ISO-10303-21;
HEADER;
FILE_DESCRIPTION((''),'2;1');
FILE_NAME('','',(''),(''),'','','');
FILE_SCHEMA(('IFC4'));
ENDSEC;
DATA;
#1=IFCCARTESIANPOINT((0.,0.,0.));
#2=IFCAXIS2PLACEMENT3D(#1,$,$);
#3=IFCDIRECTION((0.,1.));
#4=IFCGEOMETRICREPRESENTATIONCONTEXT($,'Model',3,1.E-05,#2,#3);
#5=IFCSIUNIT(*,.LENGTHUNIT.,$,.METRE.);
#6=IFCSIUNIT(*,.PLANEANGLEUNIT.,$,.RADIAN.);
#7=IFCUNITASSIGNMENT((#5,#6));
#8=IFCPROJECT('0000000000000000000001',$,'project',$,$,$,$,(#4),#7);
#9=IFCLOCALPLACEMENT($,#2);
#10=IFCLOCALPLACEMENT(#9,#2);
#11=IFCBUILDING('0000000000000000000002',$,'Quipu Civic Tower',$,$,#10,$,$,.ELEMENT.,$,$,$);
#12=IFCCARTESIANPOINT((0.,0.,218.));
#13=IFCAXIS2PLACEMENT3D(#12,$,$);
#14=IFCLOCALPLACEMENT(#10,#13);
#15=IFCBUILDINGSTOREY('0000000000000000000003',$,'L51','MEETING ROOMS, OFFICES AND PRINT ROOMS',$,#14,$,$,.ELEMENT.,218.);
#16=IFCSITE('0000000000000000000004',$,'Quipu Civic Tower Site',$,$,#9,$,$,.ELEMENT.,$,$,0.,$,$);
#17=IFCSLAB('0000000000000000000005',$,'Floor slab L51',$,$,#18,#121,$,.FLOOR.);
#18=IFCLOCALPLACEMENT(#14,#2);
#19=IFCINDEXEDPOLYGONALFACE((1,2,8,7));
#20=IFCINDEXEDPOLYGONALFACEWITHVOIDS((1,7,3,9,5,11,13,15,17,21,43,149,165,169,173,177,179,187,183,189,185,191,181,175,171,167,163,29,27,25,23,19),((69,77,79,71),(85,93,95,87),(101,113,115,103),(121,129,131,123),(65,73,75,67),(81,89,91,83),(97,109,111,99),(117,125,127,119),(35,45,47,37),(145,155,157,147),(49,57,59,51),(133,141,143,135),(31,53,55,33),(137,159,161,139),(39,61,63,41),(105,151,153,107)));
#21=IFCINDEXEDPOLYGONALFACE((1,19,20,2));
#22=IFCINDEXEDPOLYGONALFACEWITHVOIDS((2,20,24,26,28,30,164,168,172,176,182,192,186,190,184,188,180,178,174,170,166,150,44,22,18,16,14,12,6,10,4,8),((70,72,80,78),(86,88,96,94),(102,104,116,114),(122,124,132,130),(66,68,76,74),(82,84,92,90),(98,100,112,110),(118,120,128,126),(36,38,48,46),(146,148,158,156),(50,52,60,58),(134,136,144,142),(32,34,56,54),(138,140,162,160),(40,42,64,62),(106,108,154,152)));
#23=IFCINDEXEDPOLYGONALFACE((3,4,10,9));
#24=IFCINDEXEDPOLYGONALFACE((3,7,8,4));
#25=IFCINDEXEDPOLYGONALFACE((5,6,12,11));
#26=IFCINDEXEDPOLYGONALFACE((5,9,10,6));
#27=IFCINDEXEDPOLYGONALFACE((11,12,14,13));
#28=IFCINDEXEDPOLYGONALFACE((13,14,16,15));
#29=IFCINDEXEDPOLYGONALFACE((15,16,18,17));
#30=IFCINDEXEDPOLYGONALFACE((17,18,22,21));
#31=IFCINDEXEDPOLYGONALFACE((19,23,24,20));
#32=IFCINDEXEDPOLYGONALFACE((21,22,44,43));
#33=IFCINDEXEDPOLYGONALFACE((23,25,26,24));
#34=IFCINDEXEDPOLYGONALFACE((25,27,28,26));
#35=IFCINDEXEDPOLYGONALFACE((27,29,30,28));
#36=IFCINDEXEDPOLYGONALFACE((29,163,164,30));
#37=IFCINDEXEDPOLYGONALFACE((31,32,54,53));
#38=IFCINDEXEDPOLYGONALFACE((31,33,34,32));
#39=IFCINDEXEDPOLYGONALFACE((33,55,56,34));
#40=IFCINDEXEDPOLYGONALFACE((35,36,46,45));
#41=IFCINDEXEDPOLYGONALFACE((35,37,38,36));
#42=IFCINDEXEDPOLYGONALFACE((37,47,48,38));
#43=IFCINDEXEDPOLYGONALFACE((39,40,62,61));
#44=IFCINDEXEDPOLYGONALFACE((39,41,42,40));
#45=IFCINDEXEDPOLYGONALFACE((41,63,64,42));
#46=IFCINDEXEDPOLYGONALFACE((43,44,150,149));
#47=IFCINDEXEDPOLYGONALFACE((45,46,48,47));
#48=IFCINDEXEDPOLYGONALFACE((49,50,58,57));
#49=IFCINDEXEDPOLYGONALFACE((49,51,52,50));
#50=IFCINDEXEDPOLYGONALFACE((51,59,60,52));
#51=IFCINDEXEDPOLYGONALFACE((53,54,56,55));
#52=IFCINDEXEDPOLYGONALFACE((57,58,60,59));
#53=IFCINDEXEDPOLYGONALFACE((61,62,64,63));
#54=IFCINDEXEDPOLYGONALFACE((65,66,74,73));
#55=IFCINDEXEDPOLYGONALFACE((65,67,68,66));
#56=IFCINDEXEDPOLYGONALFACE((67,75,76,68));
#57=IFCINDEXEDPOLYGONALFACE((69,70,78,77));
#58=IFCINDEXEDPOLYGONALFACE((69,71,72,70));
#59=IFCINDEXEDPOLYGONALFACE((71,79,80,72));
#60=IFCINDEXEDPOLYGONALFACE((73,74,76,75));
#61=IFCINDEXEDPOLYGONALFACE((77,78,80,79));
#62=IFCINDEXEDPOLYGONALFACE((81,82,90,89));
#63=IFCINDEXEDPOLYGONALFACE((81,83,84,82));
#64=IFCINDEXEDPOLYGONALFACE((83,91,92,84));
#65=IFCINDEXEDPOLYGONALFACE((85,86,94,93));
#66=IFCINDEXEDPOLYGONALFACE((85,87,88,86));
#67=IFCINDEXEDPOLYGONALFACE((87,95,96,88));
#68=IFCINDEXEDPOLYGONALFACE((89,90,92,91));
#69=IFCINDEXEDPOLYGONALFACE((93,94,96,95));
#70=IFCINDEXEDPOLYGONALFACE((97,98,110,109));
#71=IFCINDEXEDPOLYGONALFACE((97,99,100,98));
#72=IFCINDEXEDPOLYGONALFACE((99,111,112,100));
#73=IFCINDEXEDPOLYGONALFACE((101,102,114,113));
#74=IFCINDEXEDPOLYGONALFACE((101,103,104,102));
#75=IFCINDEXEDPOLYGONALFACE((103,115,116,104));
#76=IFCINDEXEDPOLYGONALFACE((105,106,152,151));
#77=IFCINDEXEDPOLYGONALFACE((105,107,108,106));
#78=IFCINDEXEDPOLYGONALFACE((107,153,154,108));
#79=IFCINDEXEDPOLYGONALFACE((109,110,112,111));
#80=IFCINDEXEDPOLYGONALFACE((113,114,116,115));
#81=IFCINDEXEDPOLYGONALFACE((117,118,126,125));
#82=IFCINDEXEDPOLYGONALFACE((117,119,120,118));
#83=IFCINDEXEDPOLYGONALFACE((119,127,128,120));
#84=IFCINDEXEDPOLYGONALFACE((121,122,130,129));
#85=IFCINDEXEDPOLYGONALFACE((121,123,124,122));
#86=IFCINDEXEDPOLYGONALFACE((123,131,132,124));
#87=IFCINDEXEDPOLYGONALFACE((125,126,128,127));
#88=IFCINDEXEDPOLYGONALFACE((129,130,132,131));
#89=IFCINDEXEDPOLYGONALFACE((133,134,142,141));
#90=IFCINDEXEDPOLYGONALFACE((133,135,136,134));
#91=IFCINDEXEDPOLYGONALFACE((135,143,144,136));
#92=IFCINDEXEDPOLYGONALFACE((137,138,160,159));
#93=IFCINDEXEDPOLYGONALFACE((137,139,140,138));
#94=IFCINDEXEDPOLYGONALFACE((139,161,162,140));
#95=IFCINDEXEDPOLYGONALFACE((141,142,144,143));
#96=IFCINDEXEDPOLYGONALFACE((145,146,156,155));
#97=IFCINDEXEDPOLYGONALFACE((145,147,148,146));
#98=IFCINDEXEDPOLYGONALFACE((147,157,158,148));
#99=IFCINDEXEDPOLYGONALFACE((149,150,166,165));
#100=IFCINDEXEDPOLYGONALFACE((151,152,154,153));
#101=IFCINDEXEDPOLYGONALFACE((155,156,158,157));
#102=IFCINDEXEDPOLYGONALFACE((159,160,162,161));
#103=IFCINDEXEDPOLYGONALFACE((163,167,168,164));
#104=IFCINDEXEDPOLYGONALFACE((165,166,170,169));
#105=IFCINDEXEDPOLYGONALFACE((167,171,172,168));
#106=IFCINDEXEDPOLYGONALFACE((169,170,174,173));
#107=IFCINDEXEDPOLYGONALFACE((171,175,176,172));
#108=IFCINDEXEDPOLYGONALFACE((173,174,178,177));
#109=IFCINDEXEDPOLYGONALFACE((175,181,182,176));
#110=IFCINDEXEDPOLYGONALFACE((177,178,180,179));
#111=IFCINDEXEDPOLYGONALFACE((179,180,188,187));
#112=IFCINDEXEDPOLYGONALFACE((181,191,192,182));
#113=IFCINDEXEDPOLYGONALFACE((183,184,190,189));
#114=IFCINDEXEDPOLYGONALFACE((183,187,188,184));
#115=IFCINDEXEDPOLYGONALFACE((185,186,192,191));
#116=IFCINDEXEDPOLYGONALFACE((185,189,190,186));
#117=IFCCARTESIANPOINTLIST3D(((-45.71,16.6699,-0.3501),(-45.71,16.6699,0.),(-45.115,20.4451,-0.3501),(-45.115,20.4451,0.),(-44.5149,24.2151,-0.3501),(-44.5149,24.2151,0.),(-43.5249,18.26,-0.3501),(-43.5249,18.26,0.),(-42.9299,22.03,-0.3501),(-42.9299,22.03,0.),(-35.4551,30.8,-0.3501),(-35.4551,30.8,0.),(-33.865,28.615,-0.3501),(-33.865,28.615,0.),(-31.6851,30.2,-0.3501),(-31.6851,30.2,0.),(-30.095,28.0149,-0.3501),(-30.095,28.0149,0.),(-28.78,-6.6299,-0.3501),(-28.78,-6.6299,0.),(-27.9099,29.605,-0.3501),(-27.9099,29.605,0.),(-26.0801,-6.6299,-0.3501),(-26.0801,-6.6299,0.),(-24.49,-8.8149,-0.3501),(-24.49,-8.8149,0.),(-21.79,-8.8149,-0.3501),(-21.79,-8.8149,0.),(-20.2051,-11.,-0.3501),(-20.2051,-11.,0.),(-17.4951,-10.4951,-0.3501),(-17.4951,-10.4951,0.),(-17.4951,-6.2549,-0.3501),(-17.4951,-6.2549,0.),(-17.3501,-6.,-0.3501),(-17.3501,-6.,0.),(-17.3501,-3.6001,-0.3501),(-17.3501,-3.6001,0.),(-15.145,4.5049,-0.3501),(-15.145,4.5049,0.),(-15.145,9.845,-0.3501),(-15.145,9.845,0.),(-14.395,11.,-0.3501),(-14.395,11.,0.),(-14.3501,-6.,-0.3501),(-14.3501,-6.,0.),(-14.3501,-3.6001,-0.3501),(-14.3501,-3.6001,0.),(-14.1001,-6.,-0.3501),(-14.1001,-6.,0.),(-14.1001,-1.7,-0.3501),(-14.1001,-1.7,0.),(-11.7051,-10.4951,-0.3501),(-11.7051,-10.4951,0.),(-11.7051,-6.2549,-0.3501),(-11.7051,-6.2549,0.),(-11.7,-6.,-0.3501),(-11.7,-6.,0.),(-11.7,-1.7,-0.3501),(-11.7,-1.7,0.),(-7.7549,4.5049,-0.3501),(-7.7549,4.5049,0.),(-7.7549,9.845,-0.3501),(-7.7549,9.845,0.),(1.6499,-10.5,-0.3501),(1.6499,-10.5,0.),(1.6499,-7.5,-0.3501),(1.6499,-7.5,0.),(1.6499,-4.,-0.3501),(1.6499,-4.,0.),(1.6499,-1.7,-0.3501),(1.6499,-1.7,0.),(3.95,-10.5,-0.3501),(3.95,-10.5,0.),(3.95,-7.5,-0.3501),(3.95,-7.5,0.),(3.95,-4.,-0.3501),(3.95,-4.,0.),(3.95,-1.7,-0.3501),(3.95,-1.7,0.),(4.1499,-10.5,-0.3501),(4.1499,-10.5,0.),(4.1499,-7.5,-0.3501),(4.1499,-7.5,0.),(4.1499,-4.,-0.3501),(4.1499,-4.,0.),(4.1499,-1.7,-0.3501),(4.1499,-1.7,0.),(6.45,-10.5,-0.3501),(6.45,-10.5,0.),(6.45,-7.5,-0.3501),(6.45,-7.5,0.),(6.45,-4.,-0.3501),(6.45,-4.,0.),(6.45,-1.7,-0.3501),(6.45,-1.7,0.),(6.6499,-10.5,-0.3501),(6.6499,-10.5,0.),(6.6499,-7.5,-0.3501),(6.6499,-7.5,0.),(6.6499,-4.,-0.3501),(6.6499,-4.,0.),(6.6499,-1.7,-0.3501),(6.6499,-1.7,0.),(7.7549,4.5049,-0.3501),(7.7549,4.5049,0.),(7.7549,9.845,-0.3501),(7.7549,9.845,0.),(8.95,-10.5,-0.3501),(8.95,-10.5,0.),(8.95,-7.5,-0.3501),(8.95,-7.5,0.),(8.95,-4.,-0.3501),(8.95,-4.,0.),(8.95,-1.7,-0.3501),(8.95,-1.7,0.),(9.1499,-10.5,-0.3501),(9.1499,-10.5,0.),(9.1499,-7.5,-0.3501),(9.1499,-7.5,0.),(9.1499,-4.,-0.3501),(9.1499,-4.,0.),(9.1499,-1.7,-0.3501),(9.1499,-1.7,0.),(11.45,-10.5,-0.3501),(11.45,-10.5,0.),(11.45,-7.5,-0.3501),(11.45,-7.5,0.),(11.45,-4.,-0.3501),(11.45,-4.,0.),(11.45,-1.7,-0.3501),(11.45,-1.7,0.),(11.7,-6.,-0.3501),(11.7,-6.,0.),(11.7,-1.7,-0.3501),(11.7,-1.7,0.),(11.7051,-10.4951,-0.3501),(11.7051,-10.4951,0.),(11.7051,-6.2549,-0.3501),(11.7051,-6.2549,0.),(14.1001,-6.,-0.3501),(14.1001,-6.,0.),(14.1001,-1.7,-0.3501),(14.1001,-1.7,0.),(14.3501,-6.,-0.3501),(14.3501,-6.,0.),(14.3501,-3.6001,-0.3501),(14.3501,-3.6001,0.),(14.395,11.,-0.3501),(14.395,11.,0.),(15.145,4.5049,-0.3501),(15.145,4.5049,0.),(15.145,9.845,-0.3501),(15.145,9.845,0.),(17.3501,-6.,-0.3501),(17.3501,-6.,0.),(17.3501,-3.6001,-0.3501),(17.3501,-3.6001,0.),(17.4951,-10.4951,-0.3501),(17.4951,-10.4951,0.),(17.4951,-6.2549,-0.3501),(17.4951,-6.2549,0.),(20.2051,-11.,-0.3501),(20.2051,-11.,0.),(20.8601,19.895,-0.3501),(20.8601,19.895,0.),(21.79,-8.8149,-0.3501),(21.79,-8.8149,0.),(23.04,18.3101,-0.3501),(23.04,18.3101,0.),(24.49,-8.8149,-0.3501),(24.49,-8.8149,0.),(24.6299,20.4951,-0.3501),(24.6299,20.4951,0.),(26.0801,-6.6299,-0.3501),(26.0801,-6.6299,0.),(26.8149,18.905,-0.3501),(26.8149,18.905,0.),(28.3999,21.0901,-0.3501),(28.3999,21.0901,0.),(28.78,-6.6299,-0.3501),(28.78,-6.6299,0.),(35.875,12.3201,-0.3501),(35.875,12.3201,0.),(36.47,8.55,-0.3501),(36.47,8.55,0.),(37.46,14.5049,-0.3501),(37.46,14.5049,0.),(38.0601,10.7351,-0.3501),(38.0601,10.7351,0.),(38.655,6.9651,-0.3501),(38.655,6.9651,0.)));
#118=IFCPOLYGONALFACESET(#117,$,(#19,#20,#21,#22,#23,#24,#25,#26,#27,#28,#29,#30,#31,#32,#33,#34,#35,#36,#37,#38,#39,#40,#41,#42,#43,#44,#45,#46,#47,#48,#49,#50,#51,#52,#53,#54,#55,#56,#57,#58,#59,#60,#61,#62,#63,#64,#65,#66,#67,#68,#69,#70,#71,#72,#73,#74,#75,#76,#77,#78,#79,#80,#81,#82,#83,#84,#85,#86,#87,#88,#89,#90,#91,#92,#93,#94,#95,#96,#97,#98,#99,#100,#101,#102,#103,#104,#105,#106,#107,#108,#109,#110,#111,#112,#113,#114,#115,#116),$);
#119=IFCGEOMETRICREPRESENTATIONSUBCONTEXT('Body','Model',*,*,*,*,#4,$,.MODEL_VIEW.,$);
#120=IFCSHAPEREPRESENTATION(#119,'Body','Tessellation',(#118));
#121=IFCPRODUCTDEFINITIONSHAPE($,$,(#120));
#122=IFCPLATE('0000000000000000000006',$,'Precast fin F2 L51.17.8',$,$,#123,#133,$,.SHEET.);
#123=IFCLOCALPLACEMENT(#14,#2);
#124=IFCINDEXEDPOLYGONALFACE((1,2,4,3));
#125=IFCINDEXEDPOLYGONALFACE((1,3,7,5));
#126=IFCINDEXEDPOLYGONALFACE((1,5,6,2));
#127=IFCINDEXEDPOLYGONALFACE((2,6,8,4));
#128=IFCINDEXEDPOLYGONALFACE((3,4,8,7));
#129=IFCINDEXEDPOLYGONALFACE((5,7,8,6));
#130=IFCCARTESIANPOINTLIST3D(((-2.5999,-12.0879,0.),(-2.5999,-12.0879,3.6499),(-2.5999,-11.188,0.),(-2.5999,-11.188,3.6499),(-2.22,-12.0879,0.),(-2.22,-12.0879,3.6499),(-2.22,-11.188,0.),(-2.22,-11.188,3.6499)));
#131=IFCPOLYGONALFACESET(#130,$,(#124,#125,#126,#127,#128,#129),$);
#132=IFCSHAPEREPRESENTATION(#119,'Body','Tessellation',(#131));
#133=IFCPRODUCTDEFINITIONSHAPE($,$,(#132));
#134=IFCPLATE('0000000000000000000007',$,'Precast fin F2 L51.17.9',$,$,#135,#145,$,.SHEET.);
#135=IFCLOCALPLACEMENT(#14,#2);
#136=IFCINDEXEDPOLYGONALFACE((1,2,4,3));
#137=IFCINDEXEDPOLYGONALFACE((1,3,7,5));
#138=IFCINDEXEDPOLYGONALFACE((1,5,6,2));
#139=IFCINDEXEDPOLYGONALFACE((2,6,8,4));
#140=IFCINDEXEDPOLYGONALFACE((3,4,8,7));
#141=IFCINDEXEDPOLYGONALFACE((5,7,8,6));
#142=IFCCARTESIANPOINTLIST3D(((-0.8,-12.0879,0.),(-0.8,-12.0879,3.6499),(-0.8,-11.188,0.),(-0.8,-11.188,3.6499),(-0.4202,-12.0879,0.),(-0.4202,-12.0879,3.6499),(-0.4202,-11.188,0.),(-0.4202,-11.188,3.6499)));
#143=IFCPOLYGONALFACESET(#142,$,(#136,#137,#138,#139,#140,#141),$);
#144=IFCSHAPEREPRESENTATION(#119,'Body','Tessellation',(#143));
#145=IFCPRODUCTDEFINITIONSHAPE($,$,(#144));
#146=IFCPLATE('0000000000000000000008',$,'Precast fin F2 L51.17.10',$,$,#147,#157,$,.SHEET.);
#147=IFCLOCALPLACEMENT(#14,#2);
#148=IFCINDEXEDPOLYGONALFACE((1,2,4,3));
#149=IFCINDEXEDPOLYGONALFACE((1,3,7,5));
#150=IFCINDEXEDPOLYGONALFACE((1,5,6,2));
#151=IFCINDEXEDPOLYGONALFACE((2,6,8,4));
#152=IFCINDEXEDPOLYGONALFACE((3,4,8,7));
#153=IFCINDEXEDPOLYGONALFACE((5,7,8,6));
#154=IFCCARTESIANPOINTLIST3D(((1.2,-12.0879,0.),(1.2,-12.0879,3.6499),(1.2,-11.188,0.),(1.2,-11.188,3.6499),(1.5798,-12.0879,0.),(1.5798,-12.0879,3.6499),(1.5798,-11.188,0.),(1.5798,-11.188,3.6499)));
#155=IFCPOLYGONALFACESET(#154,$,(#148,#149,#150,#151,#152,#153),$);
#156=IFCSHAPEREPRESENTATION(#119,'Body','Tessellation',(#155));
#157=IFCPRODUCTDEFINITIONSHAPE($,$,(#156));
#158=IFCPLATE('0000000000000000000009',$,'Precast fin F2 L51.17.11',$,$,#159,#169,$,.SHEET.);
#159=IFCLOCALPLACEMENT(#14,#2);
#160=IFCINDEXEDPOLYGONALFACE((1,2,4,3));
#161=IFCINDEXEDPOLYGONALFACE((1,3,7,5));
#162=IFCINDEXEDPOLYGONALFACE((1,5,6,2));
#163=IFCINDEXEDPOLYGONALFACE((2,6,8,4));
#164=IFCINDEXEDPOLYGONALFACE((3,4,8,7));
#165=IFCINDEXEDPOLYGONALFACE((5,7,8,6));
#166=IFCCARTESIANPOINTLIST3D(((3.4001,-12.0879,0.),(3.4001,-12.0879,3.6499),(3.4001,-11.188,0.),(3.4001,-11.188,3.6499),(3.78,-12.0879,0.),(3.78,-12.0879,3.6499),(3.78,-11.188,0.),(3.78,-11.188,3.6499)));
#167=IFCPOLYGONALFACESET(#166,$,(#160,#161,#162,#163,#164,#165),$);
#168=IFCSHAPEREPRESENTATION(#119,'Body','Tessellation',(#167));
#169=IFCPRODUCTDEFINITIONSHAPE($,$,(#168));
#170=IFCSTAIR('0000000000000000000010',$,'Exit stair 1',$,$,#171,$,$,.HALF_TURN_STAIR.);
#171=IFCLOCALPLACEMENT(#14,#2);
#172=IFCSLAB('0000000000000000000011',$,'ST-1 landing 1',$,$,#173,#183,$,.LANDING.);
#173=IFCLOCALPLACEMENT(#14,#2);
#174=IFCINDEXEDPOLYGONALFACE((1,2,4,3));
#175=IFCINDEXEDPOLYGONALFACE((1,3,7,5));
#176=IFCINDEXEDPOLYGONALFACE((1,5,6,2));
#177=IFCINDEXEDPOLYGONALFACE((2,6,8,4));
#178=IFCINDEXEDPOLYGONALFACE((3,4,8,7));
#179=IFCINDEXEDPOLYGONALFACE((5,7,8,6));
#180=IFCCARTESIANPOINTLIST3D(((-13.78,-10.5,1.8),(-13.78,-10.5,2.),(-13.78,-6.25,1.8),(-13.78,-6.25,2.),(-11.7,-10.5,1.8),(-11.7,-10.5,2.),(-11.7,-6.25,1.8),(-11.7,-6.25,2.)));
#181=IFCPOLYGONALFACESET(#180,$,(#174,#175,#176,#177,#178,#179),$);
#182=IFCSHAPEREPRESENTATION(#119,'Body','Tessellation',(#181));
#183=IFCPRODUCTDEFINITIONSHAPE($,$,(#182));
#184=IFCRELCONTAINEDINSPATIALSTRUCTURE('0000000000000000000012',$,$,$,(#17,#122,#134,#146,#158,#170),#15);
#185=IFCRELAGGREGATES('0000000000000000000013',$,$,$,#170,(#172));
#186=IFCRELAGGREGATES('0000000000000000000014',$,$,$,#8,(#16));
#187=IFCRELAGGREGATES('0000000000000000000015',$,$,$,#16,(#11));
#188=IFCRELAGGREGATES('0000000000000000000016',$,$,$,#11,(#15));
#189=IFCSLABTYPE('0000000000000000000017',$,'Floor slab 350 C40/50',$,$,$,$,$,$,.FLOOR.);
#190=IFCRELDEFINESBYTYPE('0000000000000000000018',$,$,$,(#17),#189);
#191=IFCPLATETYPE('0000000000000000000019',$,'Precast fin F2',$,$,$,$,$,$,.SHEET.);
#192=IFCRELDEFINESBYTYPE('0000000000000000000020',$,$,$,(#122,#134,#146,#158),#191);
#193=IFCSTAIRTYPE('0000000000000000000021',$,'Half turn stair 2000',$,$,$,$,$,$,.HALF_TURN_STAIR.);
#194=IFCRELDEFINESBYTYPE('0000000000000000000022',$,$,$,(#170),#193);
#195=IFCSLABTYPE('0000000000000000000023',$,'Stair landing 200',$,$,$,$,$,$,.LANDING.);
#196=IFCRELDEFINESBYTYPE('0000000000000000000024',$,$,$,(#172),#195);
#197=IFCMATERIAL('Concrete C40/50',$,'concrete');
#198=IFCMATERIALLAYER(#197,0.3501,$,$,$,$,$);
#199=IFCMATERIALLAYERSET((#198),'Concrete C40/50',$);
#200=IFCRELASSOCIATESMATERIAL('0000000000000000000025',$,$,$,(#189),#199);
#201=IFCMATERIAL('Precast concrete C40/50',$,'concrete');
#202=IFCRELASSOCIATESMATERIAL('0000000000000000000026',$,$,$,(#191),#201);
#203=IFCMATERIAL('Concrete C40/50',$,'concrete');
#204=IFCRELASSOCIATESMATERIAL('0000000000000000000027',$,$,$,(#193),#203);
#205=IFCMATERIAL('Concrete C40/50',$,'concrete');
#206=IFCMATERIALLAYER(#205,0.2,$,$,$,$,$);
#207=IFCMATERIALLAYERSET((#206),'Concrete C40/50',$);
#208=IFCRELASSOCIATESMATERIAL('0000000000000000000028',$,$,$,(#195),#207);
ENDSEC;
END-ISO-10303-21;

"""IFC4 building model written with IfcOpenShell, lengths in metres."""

from ifc_helpers import new_model, si_unit, direction, frame, origin, origin_2d, place, context, subcontext, project, spatial, polyline, rectangle, outline, extrude, material, layer, layer_set, type_object, element, aggregate, save


model = new_model("IFC4")

# Units and contexts
model_context = context("Model", 3, precision=1e-05, world=origin(), true_north=direction((0.0, 1.0)))
body_context = subcontext(model_context, "Body", "Model", "MODEL_VIEW")
ifc_project = project(units=[si_unit("LENGTHUNIT", "METRE"), si_unit("PLANEANGLEUNIT", "RADIAN")], contexts=[model_context])

# Site, building, storey
site_placement = place(None, origin())
site = spatial("IfcSite", under=ifc_project, at=site_placement, Name="Quipu Civic Tower Site", CompositionType="ELEMENT", RefElevation=0.0)
building_placement = place(site_placement, origin())
building = spatial("IfcBuilding", under=site, at=building_placement, Name="Quipu Civic Tower", CompositionType="ELEMENT")
storey_placement = place(building_placement, frame((0.0, 0.0, 218.0)))
storey = spatial("IfcBuildingStorey", under=building, at=storey_placement, Name="L51", Description="MEETING ROOMS, OFFICES AND PRINT ROOMS", CompositionType="ELEMENT", Elevation=218.0)

# Slab
ifc_material_1 = material(Name="Concrete C40/50", Category="concrete")
ifc_layer_1 = layer(ifc_material_1, 0.3501)
ifc_layer_set_1 = layer_set([ifc_layer_1], Name="Concrete C40/50")
slab_type_1 = type_object("IfcSlabType", Name="Floor slab 350 C40/50", PredefinedType="FLOOR", material=ifc_layer_set_1)
slab_1_placement = place(storey_placement, frame((0.0, 0.0, -0.3501)))
element("IfcSlab", 1, at=slab_1_placement, inside=storey, type_object=slab_type_1, Name="Floor slab L51", PredefinedType="FLOOR", context=body_context, shape_type="SweptSolid", body=[
    extrude(outline(polyline([(20.8601, 19.895), (23.04, 18.3101), (24.6299, 20.4951), (26.8149, 18.905), (28.3999, 21.0901), (37.46, 14.5049), (35.875, 12.3201), (38.0601, 10.7351), (36.47, 8.55), (38.655, 6.9651), (28.78, -6.6299), (26.0801, -6.6299), (24.49, -8.8149), (21.79, -8.8149), (20.2051, -11.0), (-20.2051, -11.0), (-21.79, -8.8149), (-24.49, -8.8149), (-26.0801, -6.6299), (-28.78, -6.6299), (-45.71, 16.6699), (-43.5249, 18.26), (-45.115, 20.4451), (-42.9299, 22.03), (-44.5149, 24.2151), (-35.4551, 30.8), (-33.865, 28.615), (-31.6851, 30.2), (-30.095, 28.0149), (-27.9099, 29.605), (-14.395, 11.0), (14.395, 11.0), (20.8601, 19.895)]), holes=[polyline([(1.6499, -7.5), (1.6499, -10.5), (3.95, -10.5), (3.95, -7.5), (1.6499, -7.5)]), polyline([(4.1499, -7.5), (4.1499, -10.5), (6.45, -10.5), (6.45, -7.5), (4.1499, -7.5)]), polyline([(-11.7051, -6.2549), (-17.4951, -6.2549), (-17.4951, -10.4951), (-11.7051, -10.4951), (-11.7051, -6.2549)]), polyline([(-17.3501, -3.6001), (-17.3501, -6.0), (-14.3501, -6.0), (-14.3501, -3.6001), (-17.3501, -3.6001)]), polyline([(-14.1001, -1.7), (-14.1001, -6.0), (-11.7, -6.0), (-11.7, -1.7), (-14.1001, -1.7)]), polyline([(1.6499, -1.7), (1.6499, -4.0), (3.95, -4.0), (3.95, -1.7), (1.6499, -1.7)]), polyline([(4.1499, -1.7), (4.1499, -4.0), (6.45, -4.0), (6.45, -1.7), (4.1499, -1.7)]), polyline([(-7.7549, 9.845), (-15.145, 9.845), (-15.145, 4.5049), (-7.7549, 4.5049), (-7.7549, 9.845)]), polyline([(6.6499, -7.5), (6.6499, -10.5), (8.95, -10.5), (8.95, -7.5), (6.6499, -7.5)]), polyline([(9.1499, -7.5), (9.1499, -10.5), (11.45, -10.5), (11.45, -7.5), (9.1499, -7.5)]), polyline([(11.7051, -10.4951), (17.4951, -10.4951), (17.4951, -6.2549), (11.7051, -6.2549), (11.7051, -10.4951)]), polyline([(14.3501, -3.6001), (14.3501, -6.0), (17.3501, -6.0), (17.3501, -3.6001), (14.3501, -3.6001)]), polyline([(11.7, -1.7), (11.7, -6.0), (14.1001, -6.0), (14.1001, -1.7), (11.7, -1.7)]), polyline([(6.6499, -1.7), (6.6499, -4.0), (8.95, -4.0), (8.95, -1.7), (6.6499, -1.7)]), polyline([(9.1499, -1.7), (9.1499, -4.0), (11.45, -4.0), (11.45, -1.7), (9.1499, -1.7)]), polyline([(7.7549, 4.5049), (15.145, 4.5049), (15.145, 9.845), (7.7549, 9.845), (7.7549, 4.5049)])]), origin(), (0.0, 0.0, 1.0), 0.3501),
])

# Plates
ifc_material_2 = material(Name="Precast concrete C40/50", Category="concrete")
plate_type = type_object("IfcPlateType", Name="Precast fin F2", PredefinedType="SHEET", material=ifc_material_2)
for number, where, z_axis, x_axis, name in (
    (2, (-2.4099, -11.6379, 0.0), (0.0, 0.0, 1.0), (1.0, 0.0, 0.0), "Precast fin F2 L51.17.8"),
    (3, (-0.6101, -11.6379, 0.0), (0.0, 0.0, 1.0), (1.0, 0.0, 0.0), "Precast fin F2 L51.17.9"),
    (4, (1.3899, -11.6379, 0.0), (0.0, 0.0, 1.0), (1.0, 0.0, 0.0), "Precast fin F2 L51.17.10"),
    (5, (3.5901, -11.6379, 0.0), (0.0, 0.0, 1.0), (1.0, 0.0, 0.0), "Precast fin F2 L51.17.11"),
):
    element("IfcPlate", number, at=place(storey_placement, frame(where, z_axis=z_axis, x_axis=x_axis)), inside=storey, type_object=plate_type, Name=name, PredefinedType="SHEET", context=body_context, shape_type="SweptSolid", body=[
        extrude(rectangle(XDim=0.3799, YDim=0.8999, at=origin_2d()), origin(), (0.0, 0.0, 1.0), 3.6499),
    ])

# Stair, slab
ifc_material_3 = material(Name="Concrete C40/50", Category="concrete")
stair_type_1 = type_object("IfcStairType", Name="Half turn stair 2000", PredefinedType="HALF_TURN_STAIR", material=ifc_material_3)
stair_1_placement = place(storey_placement, origin())
stair_1 = element("IfcStair", 6, at=stair_1_placement, inside=storey, type_object=stair_type_1, Name="Exit stair 1", PredefinedType="HALF_TURN_STAIR")
ifc_material_4 = material(Name="Concrete C40/50", Category="concrete")
ifc_layer_2 = layer(ifc_material_4, 0.2)
ifc_layer_set_2 = layer_set([ifc_layer_2], Name="Concrete C40/50")
slab_type_2 = type_object("IfcSlabType", Name="Stair landing 200", PredefinedType="LANDING", material=ifc_layer_set_2)
slab_2_placement = place(storey_placement, frame((0.0, 0.0, 1.8)))
slab_2 = element("IfcSlab", 7, at=slab_2_placement, type_object=slab_type_2, Name="ST-1 landing 1", PredefinedType="LANDING", context=body_context, shape_type="SweptSolid", body=[
    extrude(outline(polyline([(-13.78, -10.5), (-11.7, -10.5), (-11.7, -6.25), (-13.78, -6.25), (-13.78, -10.5)])), origin(), (0.0, 0.0, 1.0), 0.2),
])
aggregate(stair_1, [slab_2])

save(model, "model.ifc")
